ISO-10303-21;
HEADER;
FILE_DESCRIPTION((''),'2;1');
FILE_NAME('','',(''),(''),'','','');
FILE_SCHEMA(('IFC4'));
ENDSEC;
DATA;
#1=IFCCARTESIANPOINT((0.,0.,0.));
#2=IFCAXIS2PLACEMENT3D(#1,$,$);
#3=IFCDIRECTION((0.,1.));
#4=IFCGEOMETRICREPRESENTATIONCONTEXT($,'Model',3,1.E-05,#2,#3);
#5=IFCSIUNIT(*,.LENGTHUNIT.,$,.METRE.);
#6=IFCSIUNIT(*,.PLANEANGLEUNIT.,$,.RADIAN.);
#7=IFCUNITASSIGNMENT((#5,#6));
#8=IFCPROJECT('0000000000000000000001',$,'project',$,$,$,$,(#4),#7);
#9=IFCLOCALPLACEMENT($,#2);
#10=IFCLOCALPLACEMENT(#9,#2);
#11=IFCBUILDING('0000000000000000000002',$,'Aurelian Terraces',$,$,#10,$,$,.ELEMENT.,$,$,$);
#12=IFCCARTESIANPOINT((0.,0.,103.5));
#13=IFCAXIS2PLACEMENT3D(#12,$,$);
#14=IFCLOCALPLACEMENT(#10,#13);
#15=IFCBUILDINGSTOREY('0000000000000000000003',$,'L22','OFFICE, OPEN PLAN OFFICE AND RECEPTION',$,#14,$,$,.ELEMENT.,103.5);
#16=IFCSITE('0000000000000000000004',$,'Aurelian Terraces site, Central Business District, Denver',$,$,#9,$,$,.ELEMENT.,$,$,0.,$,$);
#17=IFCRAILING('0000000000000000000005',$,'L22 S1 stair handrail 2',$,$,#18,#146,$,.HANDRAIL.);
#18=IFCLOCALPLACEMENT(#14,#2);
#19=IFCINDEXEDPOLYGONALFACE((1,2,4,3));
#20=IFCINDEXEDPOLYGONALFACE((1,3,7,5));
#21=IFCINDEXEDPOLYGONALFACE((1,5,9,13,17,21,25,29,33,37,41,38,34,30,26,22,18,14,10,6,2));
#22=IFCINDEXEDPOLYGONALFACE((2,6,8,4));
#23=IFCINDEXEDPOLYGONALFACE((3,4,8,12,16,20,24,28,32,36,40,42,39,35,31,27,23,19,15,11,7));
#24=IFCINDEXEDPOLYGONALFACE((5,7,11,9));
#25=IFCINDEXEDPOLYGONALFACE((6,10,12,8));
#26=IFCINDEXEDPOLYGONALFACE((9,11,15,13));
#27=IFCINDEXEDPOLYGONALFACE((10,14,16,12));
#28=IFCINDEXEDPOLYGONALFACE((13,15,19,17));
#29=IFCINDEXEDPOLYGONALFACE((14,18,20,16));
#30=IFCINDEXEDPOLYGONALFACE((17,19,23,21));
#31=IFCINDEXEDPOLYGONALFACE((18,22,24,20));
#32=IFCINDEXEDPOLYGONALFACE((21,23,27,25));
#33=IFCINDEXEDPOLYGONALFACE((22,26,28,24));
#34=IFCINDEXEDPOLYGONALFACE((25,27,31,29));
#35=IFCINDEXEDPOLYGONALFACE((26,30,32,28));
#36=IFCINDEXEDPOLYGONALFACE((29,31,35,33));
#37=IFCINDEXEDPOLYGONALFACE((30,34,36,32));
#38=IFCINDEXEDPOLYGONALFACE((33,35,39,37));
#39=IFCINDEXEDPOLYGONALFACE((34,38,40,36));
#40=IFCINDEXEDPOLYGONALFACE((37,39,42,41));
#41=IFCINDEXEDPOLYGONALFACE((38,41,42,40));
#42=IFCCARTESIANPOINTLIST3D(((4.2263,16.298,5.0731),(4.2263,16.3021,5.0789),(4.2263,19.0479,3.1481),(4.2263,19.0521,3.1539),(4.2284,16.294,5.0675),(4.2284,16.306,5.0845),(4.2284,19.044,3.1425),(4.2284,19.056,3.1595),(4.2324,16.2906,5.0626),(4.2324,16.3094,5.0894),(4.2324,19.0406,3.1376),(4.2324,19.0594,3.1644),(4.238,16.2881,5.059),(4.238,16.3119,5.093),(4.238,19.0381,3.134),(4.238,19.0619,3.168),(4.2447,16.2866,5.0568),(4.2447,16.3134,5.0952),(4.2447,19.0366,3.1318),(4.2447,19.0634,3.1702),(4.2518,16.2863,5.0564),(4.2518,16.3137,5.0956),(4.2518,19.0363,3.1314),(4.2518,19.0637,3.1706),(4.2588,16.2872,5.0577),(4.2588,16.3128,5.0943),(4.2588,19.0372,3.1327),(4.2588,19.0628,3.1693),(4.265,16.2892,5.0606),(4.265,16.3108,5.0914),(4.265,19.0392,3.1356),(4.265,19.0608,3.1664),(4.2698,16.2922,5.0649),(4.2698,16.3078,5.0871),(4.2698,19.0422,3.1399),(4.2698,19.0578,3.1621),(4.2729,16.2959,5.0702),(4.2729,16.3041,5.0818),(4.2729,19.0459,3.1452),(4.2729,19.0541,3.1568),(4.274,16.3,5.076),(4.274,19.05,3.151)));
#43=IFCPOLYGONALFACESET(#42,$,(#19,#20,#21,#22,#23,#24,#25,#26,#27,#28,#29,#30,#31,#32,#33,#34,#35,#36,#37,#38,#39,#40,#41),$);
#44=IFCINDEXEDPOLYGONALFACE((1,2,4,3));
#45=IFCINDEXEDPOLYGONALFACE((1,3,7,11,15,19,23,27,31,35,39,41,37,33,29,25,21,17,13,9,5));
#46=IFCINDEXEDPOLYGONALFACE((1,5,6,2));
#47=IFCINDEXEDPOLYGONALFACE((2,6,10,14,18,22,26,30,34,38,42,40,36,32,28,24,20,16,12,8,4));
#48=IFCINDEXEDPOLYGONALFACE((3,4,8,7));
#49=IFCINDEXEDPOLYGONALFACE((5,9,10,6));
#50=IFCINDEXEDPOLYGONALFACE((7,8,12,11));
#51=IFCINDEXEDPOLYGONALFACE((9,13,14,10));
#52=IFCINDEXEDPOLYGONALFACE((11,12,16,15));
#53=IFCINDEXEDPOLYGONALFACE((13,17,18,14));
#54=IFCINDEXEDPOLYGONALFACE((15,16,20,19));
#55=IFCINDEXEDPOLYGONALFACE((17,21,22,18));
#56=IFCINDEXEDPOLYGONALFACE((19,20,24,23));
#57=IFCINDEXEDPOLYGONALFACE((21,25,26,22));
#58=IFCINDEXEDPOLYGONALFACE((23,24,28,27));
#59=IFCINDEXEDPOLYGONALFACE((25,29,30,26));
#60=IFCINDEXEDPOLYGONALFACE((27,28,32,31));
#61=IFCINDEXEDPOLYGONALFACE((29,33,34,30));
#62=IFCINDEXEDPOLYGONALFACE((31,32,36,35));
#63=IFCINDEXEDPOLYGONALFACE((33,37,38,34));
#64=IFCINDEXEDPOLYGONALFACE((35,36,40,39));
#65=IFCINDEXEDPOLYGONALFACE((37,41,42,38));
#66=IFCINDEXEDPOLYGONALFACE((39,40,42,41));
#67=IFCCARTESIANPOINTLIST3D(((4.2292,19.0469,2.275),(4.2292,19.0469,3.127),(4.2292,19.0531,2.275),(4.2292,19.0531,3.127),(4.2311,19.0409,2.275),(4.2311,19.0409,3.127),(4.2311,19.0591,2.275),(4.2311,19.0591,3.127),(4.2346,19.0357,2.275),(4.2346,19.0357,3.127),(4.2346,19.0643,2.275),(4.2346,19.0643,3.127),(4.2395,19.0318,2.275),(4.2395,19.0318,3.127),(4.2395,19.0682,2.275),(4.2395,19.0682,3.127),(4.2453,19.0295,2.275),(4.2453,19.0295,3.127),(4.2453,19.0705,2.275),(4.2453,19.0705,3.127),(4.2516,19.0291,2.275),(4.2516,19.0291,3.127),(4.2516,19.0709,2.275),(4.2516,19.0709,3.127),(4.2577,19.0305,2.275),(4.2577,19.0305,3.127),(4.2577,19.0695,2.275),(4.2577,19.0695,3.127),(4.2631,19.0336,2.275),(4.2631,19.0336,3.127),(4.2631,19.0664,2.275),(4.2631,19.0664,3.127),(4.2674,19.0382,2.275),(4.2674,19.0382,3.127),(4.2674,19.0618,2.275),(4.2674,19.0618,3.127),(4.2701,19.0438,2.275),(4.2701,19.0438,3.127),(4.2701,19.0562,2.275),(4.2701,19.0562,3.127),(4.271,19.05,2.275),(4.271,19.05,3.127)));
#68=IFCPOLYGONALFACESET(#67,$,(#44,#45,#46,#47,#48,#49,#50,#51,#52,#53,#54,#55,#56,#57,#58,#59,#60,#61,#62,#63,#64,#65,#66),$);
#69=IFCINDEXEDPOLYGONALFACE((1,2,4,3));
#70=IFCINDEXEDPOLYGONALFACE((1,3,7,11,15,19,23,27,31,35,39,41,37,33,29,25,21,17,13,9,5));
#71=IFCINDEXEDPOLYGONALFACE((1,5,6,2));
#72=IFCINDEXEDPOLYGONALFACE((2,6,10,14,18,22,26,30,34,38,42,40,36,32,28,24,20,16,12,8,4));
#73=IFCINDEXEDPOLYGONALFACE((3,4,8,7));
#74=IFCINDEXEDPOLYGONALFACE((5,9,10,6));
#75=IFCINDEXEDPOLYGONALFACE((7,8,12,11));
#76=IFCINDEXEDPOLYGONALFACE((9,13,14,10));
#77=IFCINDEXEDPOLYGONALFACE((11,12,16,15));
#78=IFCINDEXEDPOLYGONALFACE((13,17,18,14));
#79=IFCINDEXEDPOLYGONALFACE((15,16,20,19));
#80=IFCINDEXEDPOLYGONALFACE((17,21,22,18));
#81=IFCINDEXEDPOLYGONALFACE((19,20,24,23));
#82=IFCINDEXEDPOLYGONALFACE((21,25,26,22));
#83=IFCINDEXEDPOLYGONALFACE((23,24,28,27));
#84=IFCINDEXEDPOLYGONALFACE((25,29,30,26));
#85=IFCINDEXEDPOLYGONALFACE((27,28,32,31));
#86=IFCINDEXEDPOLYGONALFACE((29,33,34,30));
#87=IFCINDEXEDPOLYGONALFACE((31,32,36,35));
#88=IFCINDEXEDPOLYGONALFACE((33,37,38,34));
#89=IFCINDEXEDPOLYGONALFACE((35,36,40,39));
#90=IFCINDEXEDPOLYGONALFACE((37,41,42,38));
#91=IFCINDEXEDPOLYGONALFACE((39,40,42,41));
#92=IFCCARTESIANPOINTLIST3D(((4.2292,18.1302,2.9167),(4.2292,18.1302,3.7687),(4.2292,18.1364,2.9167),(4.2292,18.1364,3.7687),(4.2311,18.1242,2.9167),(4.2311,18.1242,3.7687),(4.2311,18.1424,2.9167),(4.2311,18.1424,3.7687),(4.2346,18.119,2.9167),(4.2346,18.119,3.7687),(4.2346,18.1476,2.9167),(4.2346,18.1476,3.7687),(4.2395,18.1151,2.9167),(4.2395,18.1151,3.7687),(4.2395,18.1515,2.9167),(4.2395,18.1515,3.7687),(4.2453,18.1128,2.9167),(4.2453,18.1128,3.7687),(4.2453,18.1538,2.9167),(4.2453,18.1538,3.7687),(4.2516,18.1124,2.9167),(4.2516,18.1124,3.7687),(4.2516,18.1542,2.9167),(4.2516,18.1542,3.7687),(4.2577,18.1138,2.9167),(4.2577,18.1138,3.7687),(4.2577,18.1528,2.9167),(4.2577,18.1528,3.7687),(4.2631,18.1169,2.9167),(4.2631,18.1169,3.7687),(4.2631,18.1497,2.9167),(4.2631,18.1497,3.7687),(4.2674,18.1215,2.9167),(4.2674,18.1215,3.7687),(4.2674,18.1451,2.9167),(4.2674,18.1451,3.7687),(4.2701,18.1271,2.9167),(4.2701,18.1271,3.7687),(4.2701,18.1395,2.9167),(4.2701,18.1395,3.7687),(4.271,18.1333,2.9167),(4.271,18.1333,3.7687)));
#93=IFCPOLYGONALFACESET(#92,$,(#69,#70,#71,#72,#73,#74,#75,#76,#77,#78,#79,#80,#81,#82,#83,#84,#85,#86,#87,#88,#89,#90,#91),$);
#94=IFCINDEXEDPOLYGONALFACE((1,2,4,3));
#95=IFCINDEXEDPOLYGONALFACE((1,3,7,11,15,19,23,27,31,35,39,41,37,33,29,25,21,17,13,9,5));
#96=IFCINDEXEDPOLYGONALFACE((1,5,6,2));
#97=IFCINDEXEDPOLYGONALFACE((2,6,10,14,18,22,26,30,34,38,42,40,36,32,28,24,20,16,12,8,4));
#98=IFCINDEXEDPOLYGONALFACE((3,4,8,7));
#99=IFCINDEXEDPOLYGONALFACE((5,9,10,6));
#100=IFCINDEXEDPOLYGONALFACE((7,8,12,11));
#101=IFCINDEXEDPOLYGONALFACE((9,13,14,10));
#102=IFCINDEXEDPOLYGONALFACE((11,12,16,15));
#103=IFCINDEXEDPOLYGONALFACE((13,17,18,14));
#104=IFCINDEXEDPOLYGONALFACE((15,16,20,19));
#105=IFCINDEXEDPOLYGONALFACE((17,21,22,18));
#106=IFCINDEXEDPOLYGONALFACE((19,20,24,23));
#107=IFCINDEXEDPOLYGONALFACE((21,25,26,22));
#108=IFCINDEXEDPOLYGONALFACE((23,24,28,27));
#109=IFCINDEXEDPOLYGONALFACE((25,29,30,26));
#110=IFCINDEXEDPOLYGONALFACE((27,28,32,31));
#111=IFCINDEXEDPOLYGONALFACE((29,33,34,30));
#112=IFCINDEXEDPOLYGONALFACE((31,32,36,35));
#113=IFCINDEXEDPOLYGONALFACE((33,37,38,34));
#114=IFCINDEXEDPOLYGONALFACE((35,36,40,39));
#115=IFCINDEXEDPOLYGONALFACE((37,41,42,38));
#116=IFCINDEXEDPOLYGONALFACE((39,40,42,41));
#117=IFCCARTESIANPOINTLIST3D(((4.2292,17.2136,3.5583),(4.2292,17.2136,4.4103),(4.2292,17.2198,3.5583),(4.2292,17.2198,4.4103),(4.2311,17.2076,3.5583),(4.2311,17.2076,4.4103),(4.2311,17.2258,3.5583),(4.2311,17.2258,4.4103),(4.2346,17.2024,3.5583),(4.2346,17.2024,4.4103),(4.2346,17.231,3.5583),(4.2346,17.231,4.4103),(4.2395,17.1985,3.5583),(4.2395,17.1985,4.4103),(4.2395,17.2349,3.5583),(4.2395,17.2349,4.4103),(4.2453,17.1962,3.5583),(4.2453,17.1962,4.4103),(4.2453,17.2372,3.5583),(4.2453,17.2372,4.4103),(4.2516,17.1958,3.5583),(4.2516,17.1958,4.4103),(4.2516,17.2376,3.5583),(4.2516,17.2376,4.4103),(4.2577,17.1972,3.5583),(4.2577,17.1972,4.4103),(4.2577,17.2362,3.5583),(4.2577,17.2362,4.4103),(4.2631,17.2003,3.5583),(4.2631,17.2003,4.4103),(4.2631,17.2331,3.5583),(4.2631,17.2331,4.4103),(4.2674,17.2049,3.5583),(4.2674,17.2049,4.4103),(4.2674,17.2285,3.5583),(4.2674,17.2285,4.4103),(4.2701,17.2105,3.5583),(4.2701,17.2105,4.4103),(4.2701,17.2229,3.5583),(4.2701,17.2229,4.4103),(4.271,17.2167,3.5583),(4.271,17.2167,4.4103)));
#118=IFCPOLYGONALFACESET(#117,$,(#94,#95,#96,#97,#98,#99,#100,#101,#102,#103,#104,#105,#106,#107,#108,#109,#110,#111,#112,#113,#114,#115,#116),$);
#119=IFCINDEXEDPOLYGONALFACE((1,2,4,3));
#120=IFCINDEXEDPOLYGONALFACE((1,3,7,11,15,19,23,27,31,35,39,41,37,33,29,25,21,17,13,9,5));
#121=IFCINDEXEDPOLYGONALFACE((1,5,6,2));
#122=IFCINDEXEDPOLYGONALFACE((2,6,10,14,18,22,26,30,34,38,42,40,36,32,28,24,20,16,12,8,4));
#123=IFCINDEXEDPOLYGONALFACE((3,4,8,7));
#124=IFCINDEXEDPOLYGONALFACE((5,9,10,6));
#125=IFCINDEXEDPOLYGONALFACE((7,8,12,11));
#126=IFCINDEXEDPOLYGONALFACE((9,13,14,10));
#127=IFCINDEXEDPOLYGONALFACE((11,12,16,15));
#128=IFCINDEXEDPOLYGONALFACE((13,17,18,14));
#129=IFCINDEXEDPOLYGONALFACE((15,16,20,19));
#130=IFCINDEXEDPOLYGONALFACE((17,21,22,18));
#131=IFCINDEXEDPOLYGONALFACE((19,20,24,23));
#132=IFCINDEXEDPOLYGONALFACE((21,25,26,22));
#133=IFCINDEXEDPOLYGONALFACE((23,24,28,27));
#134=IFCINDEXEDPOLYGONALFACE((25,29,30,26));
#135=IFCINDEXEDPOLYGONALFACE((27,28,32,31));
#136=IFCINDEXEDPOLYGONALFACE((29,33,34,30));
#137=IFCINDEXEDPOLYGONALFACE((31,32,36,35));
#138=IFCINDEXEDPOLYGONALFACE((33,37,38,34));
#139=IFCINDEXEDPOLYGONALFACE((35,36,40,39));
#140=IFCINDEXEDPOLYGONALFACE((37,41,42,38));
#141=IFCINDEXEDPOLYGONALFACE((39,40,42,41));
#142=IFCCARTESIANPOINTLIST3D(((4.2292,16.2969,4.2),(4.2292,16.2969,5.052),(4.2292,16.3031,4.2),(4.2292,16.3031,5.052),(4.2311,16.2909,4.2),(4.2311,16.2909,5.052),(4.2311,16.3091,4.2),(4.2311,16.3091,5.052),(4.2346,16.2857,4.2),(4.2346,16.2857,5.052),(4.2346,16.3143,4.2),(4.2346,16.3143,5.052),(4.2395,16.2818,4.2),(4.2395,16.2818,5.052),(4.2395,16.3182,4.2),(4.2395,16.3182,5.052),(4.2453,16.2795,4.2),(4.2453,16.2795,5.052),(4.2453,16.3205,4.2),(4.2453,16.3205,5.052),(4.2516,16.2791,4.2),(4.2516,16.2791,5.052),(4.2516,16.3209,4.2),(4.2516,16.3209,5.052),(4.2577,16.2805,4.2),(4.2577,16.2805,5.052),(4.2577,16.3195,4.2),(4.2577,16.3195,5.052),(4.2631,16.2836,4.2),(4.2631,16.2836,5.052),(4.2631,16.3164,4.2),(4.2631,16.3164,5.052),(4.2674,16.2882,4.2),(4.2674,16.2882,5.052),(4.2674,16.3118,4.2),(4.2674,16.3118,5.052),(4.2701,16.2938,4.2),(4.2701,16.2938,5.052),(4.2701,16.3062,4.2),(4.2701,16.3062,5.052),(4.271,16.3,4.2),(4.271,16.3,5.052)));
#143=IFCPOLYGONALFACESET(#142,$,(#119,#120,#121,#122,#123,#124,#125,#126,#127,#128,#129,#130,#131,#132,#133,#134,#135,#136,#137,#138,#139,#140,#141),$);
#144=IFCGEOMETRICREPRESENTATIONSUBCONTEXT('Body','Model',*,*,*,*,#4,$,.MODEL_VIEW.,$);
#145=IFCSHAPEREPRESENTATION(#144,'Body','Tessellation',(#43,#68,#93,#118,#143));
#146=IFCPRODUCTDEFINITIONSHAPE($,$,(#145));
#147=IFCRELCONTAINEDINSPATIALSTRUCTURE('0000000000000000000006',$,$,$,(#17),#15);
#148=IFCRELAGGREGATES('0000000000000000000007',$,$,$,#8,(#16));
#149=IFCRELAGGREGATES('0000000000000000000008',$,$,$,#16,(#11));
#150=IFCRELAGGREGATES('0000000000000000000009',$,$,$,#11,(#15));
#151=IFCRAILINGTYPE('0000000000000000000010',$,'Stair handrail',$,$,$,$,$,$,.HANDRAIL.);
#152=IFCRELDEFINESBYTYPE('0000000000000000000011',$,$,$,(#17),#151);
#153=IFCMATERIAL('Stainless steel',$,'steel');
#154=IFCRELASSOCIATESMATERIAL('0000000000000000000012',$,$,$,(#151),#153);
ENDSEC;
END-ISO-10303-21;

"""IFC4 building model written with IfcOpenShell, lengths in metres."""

from ifc_helpers import new_model, si_unit, direction, frame, origin, origin_2d, place, context, subcontext, project, spatial, circle, extrude, source, transform, mapped, material, type_object, element, save


model = new_model("IFC4")

# Units and contexts
model_context = context("Model", 3, precision=1e-05, world=origin(), true_north=direction((0.0, 1.0)))
body_context = subcontext(model_context, "Body", "Model", "MODEL_VIEW")
ifc_project = project(units=[si_unit("LENGTHUNIT", "METRE"), si_unit("PLANEANGLEUNIT", "RADIAN")], contexts=[model_context])

# Site, building, storey
site_placement = place(None, origin())
site = spatial("IfcSite", under=ifc_project, at=site_placement, Name="Aurelian Terraces site, Central Business District, Denver", CompositionType="ELEMENT", RefElevation=0.0)
building_placement = place(site_placement, origin())
building = spatial("IfcBuilding", under=site, at=building_placement, Name="Aurelian Terraces", CompositionType="ELEMENT")
storey_placement = place(building_placement, frame((0.0, 0.0, 103.5)))
storey = spatial("IfcBuildingStorey", under=building, at=storey_placement, Name="L22", Description="OFFICE, OPEN PLAN OFFICE AND RECEPTION", CompositionType="ELEMENT", Elevation=103.5)

# Shared definitions
ifc_material_1 = material(Name="Stainless steel", Category="steel")

# Railing
railing_type_1 = type_object("IfcRailingType", Name="Stair handrail", PredefinedType="HANDRAIL", material=ifc_material_1)
shared_shape_1 = source(origin(), body_context, "Body", "SweptSolid", [
    extrude(circle(Radius=0.024, at=origin_2d()), frame((0.0, 0.0, 0.876), z_axis=(0.0, -0.819232, 0.573462), x_axis=(1.0, 0.0, 0.0)), (0.0, 0.0, 1.0), 3.3568),
    extrude(circle(Radius=0.021, at=origin_2d()), origin(), (0.0, 0.0, 1.0), 0.852),
    extrude(circle(Radius=0.021, at=origin_2d()), frame((0.0, -0.9167, 0.6417)), (0.0, 0.0, 1.0), 0.852),
    extrude(circle(Radius=0.021, at=origin_2d()), frame((0.0, -1.8333, 1.2833)), (0.0, 0.0, 1.0), 0.852),
    extrude(circle(Radius=0.021, at=origin_2d()), frame((0.0, -2.75, 1.925)), (0.0, 0.0, 1.0), 0.852),
])
railing_1_placement = place(storey_placement, frame((4.25, 19.05, 2.275)))
element("IfcRailing", 1, at=railing_1_placement, inside=storey, type_object=railing_type_1, Name="L22 S1 stair handrail 2", PredefinedType="HANDRAIL", context=body_context, shape_type="MappedRepresentation", body=[
    mapped(shared_shape_1, transform((0.0, 0.0, 0.0), scale=1.0)),
])

save(model, "model.ifc")
